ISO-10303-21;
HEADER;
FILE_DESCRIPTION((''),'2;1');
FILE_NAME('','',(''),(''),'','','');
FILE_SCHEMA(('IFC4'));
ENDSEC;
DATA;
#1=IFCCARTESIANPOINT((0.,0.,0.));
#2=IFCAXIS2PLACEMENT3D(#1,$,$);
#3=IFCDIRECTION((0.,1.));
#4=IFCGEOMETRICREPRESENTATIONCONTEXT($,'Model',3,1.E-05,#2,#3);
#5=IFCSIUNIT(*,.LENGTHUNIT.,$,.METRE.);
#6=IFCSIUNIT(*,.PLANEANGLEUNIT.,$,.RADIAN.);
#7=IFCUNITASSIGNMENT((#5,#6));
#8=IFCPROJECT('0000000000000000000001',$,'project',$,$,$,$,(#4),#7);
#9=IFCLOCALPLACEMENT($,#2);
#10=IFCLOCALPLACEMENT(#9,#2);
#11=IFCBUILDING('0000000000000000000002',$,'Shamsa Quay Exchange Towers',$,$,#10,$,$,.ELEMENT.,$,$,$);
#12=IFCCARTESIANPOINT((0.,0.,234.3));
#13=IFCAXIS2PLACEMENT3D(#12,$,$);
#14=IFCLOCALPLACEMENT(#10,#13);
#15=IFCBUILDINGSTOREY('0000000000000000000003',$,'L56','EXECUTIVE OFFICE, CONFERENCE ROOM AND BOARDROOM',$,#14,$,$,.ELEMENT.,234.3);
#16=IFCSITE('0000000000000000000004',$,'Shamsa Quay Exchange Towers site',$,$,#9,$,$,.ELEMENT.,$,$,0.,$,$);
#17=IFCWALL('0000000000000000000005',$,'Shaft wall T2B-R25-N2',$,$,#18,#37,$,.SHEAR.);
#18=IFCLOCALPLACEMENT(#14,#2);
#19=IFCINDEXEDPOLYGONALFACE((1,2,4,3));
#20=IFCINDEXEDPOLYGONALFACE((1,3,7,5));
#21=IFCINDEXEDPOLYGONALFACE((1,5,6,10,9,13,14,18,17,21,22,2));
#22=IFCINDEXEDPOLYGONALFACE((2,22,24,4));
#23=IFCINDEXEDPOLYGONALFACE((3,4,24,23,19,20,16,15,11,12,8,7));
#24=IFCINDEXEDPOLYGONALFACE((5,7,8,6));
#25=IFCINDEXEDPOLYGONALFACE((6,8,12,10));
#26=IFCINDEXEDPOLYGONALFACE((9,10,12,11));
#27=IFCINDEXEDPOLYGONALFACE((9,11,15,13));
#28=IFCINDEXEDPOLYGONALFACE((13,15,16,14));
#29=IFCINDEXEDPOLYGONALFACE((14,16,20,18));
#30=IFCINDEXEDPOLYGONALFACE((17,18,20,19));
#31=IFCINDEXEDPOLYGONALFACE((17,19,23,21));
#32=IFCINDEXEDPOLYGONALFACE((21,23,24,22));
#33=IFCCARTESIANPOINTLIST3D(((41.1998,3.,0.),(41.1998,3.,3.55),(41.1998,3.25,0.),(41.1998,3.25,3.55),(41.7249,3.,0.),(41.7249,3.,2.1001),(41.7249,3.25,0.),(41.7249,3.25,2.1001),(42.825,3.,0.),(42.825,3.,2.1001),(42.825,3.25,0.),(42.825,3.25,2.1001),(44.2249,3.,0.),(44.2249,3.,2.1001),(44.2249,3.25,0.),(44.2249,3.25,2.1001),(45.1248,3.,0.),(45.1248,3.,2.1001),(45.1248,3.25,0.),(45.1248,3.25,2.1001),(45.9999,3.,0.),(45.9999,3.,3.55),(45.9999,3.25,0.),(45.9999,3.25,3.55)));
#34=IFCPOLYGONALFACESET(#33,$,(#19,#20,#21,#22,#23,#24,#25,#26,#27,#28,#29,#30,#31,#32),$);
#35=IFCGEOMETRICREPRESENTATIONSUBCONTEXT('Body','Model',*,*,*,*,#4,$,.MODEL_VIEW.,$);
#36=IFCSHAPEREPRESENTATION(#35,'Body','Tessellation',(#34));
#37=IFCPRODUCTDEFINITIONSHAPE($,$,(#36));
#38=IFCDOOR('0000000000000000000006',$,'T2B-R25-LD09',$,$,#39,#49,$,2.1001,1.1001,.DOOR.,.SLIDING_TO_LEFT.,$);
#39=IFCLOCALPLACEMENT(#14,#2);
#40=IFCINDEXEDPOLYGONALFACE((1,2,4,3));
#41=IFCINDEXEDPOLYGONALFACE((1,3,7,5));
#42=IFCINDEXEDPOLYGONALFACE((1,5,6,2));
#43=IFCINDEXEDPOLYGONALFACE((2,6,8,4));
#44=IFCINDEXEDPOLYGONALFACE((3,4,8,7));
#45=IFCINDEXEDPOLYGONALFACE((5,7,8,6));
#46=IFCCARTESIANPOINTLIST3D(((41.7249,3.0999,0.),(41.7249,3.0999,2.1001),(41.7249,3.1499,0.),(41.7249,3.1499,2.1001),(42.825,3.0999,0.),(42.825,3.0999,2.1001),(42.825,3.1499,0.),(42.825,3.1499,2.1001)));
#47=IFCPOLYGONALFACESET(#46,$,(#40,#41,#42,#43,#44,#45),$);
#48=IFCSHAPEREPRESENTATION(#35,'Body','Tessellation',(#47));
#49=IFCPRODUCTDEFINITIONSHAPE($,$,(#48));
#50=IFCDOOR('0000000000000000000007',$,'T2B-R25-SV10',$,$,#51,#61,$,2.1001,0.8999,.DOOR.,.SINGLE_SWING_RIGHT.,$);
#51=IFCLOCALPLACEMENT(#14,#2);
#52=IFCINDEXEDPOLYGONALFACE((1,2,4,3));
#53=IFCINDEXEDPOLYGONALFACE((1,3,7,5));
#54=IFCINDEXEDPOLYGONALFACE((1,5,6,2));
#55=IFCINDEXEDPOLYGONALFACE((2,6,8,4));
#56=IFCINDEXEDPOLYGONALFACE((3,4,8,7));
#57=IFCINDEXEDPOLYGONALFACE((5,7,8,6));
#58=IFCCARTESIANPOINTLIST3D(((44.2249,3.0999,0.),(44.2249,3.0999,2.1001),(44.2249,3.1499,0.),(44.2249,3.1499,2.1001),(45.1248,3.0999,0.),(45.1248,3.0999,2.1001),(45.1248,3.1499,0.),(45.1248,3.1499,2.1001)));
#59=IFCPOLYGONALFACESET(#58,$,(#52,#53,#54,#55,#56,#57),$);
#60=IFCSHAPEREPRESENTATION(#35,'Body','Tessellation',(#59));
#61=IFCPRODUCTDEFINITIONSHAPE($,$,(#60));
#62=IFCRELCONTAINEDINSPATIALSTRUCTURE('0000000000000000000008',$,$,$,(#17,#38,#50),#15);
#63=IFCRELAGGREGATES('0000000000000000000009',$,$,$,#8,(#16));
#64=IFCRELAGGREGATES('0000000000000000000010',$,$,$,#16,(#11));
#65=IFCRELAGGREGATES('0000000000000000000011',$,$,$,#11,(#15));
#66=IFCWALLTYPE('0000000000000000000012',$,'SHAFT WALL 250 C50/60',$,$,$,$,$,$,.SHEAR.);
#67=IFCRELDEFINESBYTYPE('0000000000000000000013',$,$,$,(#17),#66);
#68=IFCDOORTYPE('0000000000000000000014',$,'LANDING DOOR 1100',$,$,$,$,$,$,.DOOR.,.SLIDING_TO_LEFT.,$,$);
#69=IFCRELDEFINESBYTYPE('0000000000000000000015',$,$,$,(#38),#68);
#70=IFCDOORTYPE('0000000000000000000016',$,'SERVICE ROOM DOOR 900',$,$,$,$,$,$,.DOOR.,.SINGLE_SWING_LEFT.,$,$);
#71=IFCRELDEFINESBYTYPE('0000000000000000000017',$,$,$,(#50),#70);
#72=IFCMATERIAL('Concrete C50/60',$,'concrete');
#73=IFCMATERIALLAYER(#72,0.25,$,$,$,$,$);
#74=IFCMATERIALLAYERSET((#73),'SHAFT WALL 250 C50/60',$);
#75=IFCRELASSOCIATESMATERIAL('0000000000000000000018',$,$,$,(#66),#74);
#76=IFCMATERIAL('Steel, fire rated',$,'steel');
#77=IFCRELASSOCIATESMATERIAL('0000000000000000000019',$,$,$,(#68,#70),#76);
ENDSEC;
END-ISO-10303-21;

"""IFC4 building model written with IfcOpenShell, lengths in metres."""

from ifc_helpers import new_model, si_unit, direction, frame, frame_2d, origin, place, context, subcontext, project, spatial, rectangle, extrude, material, layer, layer_set, type_object, element, fill, save


model = new_model("IFC4")

# Units and contexts
model_context = context("Model", 3, precision=1e-05, world=origin(), true_north=direction((0.0, 1.0)))
body_context = subcontext(model_context, "Body", "Model", "MODEL_VIEW")
ifc_project = project(units=[si_unit("LENGTHUNIT", "METRE"), si_unit("PLANEANGLEUNIT", "RADIAN")], contexts=[model_context])

# Site, building, storey
site_placement = place(None, origin())
site = spatial("IfcSite", under=ifc_project, at=site_placement, Name="Shamsa Quay Exchange Towers site", CompositionType="ELEMENT", RefElevation=0.0)
building_placement = place(site_placement, origin())
building = spatial("IfcBuilding", under=site, at=building_placement, Name="Shamsa Quay Exchange Towers", CompositionType="ELEMENT")
storey_placement = place(building_placement, frame((0.0, 0.0, 234.3)))
storey = spatial("IfcBuildingStorey", under=building, at=storey_placement, Name="L56", Description="EXECUTIVE OFFICE, CONFERENCE ROOM AND BOARDROOM", CompositionType="ELEMENT", Elevation=234.3)

# Wall, openings, doors
ifc_material_1 = material(Name="Concrete C50/60", Category="concrete")
ifc_layer_1 = layer(ifc_material_1, 0.25)
ifc_layer_set_1 = layer_set([ifc_layer_1], Name="SHAFT WALL 250 C50/60")
wall_type_1 = type_object("IfcWallType", Name="SHAFT WALL 250 C50/60", PredefinedType="SHEAR", material=ifc_layer_set_1)
wall_1_placement = place(storey_placement, frame((41.2, 3.125, 0.0)))
wall_1 = element("IfcWall", 1, at=wall_1_placement, inside=storey, type_object=wall_type_1, Name="Shaft wall T2B-R25-N2", PredefinedType="SHEAR", context=body_context, shape_type="SweptSolid", body=[
    extrude(rectangle(XDim=4.8, YDim=0.25, at=frame_2d((2.3999, 0.0))), origin(), (0.0, 0.0, 1.0), 3.55),
])
opening_1_placement = place(wall_1_placement, frame((0.5249, 0.0, 0.0)))
opening_1 = element("IfcOpeningElement", 2, at=opening_1_placement, cuts=wall_1, PredefinedType="OPENING", context=body_context, shape_type="SweptSolid", body=[
    extrude(rectangle(XDim=1.1001, YDim=2.1001, at=frame_2d((0.55, 1.05))), frame((0.0, 0.135, 0.0), z_axis=(0.0, -1.0, 0.0), x_axis=(1.0, 0.0, 0.0)), (0.0, 0.0, 1.0), 0.27),
])
opening_2_placement = place(wall_1_placement, frame((3.0249, 0.0, 0.0)))
opening_2 = element("IfcOpeningElement", 3, at=opening_2_placement, cuts=wall_1, PredefinedType="OPENING", context=body_context, shape_type="SweptSolid", body=[
    extrude(rectangle(XDim=0.8999, YDim=2.1001, at=frame_2d((0.45, 1.05))), frame((0.0, 0.135, 0.0), z_axis=(0.0, -1.0, 0.0), x_axis=(1.0, 0.0, 0.0)), (0.0, 0.0, 1.0), 0.27),
])
ifc_material_2 = material(Name="Steel, fire rated", Category="steel")
door_type_1 = type_object("IfcDoorType", Name="LANDING DOOR 1100", OperationType="SLIDING_TO_LEFT", PredefinedType="DOOR", material=ifc_material_2)
door_1_placement = place(opening_1_placement, origin())
door_1 = element("IfcDoor", 4, at=door_1_placement, inside=storey, type_object=door_type_1, Name="T2B-R25-LD09", OperationType="SLIDING_TO_LEFT", OverallHeight=2.1001, OverallWidth=1.1001, PredefinedType="DOOR", context=body_context, shape_type="SweptSolid", body=[
    extrude(rectangle(XDim=1.1001, YDim=2.1001, at=frame_2d((0.55, 1.05))), frame((0.0, 0.0249, 0.0), z_axis=(0.0, -1.0, 0.0), x_axis=(1.0, 0.0, 0.0)), (0.0, 0.0, 1.0), 0.05),
])
fill(opening_1, door_1)
door_type_2 = type_object("IfcDoorType", Name="SERVICE ROOM DOOR 900", OperationType="SINGLE_SWING_LEFT", PredefinedType="DOOR", material=ifc_material_2)
door_2_placement = place(opening_2_placement, origin())
door_2 = element("IfcDoor", 5, at=door_2_placement, inside=storey, type_object=door_type_2, Name="T2B-R25-SV10", OperationType="SINGLE_SWING_RIGHT", OverallHeight=2.1001, OverallWidth=0.8999, PredefinedType="DOOR", context=body_context, shape_type="SweptSolid", body=[
    extrude(rectangle(XDim=0.8999, YDim=2.1001, at=frame_2d((0.45, 1.05))), frame((0.0, 0.0249, 0.0), z_axis=(0.0, -1.0, 0.0), x_axis=(1.0, 0.0, 0.0)), (0.0, 0.0, 1.0), 0.05),
])
fill(opening_2, door_2)

save(model, "model.ifc")
